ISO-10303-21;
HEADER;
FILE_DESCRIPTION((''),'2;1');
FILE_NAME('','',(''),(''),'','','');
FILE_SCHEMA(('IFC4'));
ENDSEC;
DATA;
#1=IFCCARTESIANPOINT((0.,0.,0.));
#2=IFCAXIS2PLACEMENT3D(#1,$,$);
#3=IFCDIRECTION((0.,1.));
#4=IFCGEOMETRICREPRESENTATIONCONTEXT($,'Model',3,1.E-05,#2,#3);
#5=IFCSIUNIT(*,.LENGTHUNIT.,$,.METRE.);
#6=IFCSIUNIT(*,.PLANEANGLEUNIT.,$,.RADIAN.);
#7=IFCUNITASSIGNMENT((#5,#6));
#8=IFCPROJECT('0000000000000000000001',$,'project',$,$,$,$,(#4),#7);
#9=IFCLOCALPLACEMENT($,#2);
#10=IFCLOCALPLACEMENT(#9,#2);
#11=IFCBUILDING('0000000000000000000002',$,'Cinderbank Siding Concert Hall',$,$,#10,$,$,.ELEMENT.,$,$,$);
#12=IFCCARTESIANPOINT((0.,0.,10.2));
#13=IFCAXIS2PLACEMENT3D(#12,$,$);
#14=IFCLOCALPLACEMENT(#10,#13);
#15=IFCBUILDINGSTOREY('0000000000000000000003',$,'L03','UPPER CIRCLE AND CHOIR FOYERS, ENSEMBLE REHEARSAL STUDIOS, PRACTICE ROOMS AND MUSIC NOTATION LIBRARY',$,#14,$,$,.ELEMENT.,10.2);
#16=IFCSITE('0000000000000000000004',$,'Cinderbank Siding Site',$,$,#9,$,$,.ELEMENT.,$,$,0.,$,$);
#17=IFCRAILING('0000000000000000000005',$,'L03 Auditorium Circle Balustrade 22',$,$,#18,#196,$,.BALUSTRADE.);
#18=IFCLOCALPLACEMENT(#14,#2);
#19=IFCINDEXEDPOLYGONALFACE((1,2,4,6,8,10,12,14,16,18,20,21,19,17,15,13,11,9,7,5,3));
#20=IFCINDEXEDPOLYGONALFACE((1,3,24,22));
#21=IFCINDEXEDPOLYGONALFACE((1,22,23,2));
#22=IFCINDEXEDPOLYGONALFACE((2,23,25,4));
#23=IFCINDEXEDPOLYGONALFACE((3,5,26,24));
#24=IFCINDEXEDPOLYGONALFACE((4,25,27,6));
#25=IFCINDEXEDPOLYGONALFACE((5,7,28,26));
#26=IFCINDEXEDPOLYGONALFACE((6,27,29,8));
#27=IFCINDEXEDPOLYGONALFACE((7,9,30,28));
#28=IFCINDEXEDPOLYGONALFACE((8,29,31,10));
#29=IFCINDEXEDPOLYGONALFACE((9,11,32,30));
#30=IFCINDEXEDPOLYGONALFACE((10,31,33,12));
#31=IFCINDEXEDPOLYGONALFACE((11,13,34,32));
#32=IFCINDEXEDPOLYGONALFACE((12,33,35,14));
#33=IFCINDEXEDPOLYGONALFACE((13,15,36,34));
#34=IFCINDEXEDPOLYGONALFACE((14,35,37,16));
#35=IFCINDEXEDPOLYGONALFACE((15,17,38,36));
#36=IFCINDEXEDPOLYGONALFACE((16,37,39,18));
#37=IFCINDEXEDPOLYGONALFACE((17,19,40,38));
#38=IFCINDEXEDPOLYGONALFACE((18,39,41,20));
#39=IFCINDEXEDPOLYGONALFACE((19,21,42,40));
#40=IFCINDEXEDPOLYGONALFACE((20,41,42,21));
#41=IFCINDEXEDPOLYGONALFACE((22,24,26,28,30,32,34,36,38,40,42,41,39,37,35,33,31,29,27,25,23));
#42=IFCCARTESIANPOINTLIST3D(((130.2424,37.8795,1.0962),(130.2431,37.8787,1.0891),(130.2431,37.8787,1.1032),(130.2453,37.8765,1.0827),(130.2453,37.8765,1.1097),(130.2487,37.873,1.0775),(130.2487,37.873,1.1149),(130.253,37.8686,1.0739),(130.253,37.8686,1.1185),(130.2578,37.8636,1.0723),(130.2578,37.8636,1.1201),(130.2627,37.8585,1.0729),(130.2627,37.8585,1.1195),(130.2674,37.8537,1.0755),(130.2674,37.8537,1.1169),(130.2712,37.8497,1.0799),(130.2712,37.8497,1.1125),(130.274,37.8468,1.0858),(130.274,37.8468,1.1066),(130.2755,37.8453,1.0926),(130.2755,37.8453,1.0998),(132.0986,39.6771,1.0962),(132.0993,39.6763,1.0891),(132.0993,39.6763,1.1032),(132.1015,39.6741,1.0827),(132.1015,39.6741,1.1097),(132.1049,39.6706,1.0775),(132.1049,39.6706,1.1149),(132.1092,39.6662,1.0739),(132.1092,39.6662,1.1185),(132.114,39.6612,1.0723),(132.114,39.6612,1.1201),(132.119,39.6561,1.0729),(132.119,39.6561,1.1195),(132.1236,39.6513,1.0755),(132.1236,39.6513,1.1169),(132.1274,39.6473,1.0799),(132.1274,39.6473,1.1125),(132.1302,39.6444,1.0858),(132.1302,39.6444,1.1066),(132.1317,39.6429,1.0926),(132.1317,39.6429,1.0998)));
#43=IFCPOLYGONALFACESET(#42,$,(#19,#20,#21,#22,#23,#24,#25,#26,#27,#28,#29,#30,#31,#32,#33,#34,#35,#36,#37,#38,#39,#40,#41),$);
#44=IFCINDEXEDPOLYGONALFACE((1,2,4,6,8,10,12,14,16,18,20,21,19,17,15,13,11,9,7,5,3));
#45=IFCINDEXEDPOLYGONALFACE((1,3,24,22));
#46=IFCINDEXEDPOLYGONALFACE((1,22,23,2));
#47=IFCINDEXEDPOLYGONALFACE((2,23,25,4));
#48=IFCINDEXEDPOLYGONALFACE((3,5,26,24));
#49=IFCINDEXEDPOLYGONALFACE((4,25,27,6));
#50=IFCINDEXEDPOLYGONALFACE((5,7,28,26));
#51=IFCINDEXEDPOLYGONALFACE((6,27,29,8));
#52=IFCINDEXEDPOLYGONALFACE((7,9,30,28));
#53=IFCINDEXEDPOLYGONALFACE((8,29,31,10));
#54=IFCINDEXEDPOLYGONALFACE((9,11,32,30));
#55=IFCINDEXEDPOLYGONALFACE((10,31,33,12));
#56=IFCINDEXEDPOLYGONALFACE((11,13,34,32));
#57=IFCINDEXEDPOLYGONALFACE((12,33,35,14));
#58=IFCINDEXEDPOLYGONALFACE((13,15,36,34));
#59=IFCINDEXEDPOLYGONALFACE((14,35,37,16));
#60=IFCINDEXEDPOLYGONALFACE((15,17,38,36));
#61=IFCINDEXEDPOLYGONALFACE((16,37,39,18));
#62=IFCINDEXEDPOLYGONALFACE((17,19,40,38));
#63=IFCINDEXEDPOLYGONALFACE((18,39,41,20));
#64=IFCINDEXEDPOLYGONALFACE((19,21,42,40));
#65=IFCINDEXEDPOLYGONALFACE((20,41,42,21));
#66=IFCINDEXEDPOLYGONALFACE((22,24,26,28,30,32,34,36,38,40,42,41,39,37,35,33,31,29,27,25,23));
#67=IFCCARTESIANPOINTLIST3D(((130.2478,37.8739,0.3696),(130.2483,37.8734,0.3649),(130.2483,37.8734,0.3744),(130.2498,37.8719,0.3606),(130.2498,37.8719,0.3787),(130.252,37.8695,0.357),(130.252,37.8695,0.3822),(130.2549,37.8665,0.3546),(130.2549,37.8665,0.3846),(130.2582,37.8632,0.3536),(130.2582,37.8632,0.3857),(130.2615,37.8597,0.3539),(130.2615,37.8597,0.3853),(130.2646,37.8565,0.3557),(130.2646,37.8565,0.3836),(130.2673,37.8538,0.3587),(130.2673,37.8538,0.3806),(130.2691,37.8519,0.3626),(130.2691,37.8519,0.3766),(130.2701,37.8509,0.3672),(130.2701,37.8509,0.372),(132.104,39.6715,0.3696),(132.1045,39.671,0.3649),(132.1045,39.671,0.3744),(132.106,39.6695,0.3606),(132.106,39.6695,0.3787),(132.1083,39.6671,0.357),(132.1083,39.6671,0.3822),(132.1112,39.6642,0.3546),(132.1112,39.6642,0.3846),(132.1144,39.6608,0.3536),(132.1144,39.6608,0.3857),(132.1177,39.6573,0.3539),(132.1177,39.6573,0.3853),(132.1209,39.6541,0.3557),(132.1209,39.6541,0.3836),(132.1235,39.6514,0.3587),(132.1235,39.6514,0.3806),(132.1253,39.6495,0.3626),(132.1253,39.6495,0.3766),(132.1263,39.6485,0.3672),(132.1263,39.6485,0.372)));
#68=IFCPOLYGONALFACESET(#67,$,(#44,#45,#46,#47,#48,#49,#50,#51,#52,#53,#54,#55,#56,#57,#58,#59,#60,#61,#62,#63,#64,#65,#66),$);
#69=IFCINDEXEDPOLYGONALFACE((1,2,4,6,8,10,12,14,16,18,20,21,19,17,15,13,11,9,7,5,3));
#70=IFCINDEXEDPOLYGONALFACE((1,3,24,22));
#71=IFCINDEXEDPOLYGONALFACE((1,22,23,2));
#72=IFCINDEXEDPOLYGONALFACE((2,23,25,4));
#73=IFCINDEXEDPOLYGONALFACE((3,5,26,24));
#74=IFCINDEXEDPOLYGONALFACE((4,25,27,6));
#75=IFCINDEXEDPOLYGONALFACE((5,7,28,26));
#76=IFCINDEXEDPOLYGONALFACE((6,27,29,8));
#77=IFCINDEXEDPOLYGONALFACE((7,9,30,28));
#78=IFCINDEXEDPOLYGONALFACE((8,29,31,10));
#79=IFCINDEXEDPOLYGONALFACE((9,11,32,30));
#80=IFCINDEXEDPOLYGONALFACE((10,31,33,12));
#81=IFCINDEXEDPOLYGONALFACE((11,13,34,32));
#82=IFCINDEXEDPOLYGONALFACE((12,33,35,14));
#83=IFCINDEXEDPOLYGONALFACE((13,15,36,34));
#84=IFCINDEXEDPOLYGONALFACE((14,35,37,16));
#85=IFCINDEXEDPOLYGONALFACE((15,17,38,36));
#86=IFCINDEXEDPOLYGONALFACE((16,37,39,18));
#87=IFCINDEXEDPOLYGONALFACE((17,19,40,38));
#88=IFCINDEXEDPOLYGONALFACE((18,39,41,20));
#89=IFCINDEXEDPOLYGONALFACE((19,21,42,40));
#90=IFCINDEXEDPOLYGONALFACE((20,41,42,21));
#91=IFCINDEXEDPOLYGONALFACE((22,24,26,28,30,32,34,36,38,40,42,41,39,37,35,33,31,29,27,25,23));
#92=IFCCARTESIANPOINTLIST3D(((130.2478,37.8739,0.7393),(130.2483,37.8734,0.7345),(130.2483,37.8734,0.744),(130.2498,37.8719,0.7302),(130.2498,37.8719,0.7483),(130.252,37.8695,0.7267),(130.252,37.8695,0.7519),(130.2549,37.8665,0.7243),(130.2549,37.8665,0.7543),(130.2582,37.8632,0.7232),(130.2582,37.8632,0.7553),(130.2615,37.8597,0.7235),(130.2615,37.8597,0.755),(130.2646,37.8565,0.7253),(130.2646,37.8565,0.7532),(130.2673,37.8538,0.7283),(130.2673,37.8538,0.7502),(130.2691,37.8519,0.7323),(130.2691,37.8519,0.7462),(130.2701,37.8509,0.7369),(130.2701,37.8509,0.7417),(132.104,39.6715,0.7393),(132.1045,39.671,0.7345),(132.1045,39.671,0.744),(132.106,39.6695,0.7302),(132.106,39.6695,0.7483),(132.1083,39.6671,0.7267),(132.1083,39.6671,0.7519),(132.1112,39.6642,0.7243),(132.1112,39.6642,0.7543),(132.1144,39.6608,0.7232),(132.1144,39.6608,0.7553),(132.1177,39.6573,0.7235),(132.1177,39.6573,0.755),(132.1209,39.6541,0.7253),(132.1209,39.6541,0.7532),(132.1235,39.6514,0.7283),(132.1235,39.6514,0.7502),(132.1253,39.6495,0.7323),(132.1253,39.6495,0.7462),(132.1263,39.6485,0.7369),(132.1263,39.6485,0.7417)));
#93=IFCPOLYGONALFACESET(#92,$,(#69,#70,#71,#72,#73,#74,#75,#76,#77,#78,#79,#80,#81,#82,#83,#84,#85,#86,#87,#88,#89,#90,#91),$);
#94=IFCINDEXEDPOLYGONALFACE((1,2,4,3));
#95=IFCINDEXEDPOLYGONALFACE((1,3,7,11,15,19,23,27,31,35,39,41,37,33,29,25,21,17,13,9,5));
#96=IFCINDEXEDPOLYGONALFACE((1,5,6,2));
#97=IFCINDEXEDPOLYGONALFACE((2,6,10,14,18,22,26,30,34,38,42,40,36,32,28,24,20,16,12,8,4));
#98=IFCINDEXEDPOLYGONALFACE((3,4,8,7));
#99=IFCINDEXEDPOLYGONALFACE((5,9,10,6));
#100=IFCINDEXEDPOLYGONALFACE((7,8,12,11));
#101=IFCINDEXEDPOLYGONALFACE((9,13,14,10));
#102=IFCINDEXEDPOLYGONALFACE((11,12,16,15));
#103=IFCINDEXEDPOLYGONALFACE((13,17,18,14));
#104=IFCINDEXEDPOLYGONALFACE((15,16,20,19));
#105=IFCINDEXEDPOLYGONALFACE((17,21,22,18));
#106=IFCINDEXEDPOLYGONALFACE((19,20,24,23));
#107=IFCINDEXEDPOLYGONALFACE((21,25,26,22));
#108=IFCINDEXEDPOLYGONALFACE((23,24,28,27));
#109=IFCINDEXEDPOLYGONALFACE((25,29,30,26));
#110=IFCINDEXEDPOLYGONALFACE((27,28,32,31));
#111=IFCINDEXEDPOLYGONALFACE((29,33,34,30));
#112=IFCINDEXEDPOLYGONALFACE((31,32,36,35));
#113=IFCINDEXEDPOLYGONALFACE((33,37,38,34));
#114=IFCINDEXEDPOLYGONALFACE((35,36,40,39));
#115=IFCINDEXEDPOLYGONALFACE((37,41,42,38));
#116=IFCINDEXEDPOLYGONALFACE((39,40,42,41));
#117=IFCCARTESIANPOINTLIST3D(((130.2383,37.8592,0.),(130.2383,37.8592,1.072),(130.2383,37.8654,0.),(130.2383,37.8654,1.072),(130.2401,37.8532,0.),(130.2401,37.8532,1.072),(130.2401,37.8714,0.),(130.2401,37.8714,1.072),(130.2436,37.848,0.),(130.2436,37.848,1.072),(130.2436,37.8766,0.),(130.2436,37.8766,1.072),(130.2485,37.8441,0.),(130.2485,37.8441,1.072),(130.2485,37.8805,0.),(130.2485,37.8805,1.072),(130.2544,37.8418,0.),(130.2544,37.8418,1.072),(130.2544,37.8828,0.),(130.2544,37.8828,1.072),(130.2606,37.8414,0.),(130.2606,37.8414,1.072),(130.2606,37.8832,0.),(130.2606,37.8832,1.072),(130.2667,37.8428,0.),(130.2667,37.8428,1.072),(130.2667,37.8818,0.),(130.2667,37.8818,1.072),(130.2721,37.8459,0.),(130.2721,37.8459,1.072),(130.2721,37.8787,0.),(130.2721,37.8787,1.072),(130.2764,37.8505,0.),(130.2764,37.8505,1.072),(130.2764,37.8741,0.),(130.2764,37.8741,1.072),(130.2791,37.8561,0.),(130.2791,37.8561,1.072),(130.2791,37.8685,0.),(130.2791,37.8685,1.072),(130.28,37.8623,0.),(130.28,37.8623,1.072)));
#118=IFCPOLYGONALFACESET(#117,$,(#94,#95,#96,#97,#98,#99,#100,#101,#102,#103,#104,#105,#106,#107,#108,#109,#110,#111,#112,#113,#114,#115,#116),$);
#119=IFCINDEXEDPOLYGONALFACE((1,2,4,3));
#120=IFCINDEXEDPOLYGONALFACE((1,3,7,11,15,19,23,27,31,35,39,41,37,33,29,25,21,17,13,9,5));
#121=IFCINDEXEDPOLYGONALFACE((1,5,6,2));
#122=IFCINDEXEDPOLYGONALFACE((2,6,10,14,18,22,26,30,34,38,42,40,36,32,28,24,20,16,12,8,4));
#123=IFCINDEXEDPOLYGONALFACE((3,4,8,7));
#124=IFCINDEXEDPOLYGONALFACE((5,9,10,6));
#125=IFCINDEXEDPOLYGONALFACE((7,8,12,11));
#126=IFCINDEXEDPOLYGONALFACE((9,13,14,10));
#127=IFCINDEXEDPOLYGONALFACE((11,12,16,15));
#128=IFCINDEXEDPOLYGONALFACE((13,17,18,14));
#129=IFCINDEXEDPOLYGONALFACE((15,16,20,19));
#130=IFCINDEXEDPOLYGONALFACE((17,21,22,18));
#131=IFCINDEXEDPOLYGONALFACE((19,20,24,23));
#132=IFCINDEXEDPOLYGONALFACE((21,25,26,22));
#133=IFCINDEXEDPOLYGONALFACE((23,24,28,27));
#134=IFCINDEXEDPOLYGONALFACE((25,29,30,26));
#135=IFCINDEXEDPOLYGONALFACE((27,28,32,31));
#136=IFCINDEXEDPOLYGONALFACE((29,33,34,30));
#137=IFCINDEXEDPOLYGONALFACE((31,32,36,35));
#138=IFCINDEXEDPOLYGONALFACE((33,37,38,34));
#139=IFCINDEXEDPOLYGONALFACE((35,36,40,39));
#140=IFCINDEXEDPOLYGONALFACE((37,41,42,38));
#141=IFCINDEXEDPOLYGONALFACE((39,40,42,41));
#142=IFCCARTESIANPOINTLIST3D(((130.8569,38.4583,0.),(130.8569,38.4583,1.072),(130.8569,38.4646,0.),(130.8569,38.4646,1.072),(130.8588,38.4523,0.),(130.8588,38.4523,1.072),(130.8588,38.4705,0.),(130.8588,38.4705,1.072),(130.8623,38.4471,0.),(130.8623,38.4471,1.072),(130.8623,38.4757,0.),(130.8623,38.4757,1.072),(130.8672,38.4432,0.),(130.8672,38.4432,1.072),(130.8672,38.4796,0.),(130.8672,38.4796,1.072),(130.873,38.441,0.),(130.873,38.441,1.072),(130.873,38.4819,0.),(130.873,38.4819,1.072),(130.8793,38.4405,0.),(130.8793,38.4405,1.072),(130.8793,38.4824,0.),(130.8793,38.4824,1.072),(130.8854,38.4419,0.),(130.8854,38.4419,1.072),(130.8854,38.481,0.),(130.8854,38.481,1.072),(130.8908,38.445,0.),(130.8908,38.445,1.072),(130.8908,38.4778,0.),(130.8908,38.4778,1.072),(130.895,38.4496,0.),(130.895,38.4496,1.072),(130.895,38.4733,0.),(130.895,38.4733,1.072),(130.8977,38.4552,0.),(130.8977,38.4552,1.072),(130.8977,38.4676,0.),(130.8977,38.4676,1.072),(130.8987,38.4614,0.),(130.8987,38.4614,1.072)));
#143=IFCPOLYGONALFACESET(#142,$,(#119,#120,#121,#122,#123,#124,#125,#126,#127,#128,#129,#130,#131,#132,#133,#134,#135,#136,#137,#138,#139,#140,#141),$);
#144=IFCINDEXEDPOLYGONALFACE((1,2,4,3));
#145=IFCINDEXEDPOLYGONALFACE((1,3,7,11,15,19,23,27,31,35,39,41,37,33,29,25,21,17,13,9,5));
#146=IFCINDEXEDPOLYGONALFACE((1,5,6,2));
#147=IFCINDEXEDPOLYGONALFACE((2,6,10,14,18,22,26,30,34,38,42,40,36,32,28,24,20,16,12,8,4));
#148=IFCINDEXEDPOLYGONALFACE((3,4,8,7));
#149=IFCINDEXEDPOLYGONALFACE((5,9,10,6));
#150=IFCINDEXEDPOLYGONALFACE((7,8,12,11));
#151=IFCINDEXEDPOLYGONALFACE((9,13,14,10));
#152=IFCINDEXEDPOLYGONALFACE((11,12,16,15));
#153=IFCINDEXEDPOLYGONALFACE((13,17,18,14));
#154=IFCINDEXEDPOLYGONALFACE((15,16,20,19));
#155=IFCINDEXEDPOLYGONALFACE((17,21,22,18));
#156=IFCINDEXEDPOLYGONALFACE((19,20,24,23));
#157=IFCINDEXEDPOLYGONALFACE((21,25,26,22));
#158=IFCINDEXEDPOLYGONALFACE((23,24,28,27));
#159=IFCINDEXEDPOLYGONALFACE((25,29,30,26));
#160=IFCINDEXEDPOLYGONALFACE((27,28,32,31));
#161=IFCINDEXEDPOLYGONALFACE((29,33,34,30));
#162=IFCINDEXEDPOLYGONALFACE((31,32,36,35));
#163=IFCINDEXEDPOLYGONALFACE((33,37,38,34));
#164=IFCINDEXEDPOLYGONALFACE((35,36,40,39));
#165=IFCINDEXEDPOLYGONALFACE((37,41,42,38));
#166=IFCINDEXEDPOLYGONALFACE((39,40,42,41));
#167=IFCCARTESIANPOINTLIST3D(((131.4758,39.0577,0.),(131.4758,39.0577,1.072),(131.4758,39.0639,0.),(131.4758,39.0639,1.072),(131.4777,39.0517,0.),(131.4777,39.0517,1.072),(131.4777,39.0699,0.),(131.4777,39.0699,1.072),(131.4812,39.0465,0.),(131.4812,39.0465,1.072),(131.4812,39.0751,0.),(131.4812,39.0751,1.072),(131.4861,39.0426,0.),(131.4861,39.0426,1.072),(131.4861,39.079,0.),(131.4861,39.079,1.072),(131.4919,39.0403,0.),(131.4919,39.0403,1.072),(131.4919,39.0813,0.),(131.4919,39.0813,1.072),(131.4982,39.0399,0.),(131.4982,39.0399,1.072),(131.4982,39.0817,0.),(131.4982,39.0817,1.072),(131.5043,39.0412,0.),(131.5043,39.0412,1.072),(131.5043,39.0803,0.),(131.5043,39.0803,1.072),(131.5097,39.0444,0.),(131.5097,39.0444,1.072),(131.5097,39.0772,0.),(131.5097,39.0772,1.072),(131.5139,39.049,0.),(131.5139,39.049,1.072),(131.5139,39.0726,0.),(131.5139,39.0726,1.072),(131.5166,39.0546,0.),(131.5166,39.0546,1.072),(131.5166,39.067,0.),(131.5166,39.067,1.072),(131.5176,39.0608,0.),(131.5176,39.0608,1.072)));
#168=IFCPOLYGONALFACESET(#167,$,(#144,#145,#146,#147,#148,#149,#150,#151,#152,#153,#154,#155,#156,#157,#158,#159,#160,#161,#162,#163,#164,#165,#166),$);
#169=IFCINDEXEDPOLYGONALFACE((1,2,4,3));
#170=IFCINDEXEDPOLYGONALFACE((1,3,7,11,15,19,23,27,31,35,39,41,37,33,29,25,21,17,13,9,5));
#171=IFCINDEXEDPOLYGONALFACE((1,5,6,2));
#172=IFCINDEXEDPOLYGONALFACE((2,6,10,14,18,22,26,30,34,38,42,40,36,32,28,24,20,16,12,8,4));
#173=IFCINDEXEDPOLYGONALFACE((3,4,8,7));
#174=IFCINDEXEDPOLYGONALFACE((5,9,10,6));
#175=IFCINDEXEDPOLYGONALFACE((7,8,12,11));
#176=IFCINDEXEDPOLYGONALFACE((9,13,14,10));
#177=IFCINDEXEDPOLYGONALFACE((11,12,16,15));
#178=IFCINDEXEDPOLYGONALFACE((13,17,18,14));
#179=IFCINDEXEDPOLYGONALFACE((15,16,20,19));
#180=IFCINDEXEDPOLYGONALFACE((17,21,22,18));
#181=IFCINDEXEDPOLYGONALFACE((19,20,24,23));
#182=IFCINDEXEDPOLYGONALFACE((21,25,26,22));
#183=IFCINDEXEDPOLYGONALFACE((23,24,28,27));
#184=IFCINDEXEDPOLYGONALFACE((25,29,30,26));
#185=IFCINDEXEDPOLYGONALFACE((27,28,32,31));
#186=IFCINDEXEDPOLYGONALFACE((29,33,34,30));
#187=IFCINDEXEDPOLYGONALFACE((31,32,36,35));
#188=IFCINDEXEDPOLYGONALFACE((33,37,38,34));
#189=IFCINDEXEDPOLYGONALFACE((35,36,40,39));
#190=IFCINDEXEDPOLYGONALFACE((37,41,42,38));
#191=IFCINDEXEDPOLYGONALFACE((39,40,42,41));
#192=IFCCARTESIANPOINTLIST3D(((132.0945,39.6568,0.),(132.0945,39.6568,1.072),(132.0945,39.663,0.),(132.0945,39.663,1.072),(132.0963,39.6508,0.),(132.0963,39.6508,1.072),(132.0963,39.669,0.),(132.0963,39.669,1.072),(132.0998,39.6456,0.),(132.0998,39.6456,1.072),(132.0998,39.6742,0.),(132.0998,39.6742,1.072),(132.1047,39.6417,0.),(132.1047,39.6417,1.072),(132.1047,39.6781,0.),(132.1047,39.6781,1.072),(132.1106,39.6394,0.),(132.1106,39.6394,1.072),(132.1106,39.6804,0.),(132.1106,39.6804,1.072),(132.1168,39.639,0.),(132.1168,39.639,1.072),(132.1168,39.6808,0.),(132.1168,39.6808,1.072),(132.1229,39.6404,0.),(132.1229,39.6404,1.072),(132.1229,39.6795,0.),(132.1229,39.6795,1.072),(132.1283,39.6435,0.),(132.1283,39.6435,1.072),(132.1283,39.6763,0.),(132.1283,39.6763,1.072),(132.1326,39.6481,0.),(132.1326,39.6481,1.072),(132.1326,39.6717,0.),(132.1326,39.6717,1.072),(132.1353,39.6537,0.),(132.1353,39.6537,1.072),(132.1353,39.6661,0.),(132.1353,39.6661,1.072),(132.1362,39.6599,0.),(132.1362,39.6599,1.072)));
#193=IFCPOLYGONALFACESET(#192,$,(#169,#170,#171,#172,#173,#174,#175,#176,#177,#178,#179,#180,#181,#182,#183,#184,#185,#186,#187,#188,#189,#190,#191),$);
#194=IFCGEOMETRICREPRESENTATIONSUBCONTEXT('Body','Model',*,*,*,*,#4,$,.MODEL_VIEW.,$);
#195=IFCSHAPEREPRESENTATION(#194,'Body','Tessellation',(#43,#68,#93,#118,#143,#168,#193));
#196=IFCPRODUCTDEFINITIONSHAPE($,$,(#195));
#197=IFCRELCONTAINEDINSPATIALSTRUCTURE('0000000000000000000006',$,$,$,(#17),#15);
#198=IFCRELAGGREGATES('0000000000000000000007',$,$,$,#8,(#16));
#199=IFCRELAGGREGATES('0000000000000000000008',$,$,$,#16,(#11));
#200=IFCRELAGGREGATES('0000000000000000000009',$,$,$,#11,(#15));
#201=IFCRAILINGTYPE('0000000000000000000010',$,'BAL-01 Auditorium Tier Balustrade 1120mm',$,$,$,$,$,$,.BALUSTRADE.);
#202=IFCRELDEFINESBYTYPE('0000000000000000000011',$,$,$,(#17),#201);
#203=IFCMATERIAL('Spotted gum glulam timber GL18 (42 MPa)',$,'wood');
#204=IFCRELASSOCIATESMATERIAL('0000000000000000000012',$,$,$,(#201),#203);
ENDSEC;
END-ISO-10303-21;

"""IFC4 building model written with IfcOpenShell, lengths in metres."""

from ifc_helpers import new_model, si_unit, direction, frame, origin, origin_2d, place, context, subcontext, project, spatial, circle, extrude, material, type_object, element, save


model = new_model("IFC4")

# Units and contexts
model_context = context("Model", 3, precision=1e-05, world=origin(), true_north=direction((0.0, 1.0)))
body_context = subcontext(model_context, "Body", "Model", "MODEL_VIEW")
ifc_project = project(units=[si_unit("LENGTHUNIT", "METRE"), si_unit("PLANEANGLEUNIT", "RADIAN")], contexts=[model_context])

# Site, building, storey
site_placement = place(None, origin())
site = spatial("IfcSite", under=ifc_project, at=site_placement, Name="Cinderbank Siding Site", CompositionType="ELEMENT", RefElevation=0.0)
building_placement = place(site_placement, origin())
building = spatial("IfcBuilding", under=site, at=building_placement, Name="Cinderbank Siding Concert Hall", CompositionType="ELEMENT")
storey_placement = place(building_placement, frame((0.0, 0.0, 10.2)))
storey = spatial("IfcBuildingStorey", under=building, at=storey_placement, Name="L03", Description="UPPER CIRCLE AND CHOIR FOYERS, ENSEMBLE REHEARSAL STUDIOS, PRACTICE ROOMS AND MUSIC NOTATION LIBRARY", CompositionType="ELEMENT", Elevation=10.2)

# Shared definitions
ifc_material_1 = material(Name="Spotted gum glulam timber GL18 (42 MPa)", Category="wood")

# Railing
railing_type = type_object("IfcRailingType", Name="BAL-01 Auditorium Tier Balustrade 1120mm", PredefinedType="BALUSTRADE", material=ifc_material_1)
railing_1_placement = place(storey_placement, frame((130.259, 37.8623, 0.0)))
element("IfcRailing", 1, at=railing_1_placement, inside=storey, type_object=railing_type, Name="L03 Auditorium Circle Balustrade 22", PredefinedType="BALUSTRADE", context=body_context, shape_type="SweptSolid", body=[
    extrude(circle(Radius=0.0239, at=origin_2d()), frame((0.0, 0.0, 1.0962), z_axis=(0.718354, 0.695678, 0.0), x_axis=(-0.695678, 0.718354, 0.0)), (0.0, 0.0, 1.0), 2.584),
    extrude(circle(Radius=0.0161, at=origin_2d()), frame((0.0, 0.0, 0.3696), z_axis=(0.718354, 0.695678, 0.0), x_axis=(-0.695678, 0.718354, 0.0)), (0.0, 0.0, 1.0), 2.584),
    extrude(circle(Radius=0.0161, at=origin_2d()), frame((0.0, 0.0, 0.7393), z_axis=(0.718354, 0.695678, 0.0), x_axis=(-0.695678, 0.718354, 0.0)), (0.0, 0.0, 1.0), 2.584),
    extrude(circle(Radius=0.021, at=origin_2d()), origin(), (0.0, 0.0, 1.0), 1.072),
    extrude(circle(Radius=0.021, at=origin_2d()), frame((0.6187, 0.5991, 0.0)), (0.0, 0.0, 1.0), 1.072),
    extrude(circle(Radius=0.021, at=origin_2d()), frame((1.2375, 1.1985, 0.0)), (0.0, 0.0, 1.0), 1.072),
    extrude(circle(Radius=0.021, at=origin_2d()), frame((1.8562, 1.7976, 0.0)), (0.0, 0.0, 1.0), 1.072),
])

save(model, "model.ifc")
